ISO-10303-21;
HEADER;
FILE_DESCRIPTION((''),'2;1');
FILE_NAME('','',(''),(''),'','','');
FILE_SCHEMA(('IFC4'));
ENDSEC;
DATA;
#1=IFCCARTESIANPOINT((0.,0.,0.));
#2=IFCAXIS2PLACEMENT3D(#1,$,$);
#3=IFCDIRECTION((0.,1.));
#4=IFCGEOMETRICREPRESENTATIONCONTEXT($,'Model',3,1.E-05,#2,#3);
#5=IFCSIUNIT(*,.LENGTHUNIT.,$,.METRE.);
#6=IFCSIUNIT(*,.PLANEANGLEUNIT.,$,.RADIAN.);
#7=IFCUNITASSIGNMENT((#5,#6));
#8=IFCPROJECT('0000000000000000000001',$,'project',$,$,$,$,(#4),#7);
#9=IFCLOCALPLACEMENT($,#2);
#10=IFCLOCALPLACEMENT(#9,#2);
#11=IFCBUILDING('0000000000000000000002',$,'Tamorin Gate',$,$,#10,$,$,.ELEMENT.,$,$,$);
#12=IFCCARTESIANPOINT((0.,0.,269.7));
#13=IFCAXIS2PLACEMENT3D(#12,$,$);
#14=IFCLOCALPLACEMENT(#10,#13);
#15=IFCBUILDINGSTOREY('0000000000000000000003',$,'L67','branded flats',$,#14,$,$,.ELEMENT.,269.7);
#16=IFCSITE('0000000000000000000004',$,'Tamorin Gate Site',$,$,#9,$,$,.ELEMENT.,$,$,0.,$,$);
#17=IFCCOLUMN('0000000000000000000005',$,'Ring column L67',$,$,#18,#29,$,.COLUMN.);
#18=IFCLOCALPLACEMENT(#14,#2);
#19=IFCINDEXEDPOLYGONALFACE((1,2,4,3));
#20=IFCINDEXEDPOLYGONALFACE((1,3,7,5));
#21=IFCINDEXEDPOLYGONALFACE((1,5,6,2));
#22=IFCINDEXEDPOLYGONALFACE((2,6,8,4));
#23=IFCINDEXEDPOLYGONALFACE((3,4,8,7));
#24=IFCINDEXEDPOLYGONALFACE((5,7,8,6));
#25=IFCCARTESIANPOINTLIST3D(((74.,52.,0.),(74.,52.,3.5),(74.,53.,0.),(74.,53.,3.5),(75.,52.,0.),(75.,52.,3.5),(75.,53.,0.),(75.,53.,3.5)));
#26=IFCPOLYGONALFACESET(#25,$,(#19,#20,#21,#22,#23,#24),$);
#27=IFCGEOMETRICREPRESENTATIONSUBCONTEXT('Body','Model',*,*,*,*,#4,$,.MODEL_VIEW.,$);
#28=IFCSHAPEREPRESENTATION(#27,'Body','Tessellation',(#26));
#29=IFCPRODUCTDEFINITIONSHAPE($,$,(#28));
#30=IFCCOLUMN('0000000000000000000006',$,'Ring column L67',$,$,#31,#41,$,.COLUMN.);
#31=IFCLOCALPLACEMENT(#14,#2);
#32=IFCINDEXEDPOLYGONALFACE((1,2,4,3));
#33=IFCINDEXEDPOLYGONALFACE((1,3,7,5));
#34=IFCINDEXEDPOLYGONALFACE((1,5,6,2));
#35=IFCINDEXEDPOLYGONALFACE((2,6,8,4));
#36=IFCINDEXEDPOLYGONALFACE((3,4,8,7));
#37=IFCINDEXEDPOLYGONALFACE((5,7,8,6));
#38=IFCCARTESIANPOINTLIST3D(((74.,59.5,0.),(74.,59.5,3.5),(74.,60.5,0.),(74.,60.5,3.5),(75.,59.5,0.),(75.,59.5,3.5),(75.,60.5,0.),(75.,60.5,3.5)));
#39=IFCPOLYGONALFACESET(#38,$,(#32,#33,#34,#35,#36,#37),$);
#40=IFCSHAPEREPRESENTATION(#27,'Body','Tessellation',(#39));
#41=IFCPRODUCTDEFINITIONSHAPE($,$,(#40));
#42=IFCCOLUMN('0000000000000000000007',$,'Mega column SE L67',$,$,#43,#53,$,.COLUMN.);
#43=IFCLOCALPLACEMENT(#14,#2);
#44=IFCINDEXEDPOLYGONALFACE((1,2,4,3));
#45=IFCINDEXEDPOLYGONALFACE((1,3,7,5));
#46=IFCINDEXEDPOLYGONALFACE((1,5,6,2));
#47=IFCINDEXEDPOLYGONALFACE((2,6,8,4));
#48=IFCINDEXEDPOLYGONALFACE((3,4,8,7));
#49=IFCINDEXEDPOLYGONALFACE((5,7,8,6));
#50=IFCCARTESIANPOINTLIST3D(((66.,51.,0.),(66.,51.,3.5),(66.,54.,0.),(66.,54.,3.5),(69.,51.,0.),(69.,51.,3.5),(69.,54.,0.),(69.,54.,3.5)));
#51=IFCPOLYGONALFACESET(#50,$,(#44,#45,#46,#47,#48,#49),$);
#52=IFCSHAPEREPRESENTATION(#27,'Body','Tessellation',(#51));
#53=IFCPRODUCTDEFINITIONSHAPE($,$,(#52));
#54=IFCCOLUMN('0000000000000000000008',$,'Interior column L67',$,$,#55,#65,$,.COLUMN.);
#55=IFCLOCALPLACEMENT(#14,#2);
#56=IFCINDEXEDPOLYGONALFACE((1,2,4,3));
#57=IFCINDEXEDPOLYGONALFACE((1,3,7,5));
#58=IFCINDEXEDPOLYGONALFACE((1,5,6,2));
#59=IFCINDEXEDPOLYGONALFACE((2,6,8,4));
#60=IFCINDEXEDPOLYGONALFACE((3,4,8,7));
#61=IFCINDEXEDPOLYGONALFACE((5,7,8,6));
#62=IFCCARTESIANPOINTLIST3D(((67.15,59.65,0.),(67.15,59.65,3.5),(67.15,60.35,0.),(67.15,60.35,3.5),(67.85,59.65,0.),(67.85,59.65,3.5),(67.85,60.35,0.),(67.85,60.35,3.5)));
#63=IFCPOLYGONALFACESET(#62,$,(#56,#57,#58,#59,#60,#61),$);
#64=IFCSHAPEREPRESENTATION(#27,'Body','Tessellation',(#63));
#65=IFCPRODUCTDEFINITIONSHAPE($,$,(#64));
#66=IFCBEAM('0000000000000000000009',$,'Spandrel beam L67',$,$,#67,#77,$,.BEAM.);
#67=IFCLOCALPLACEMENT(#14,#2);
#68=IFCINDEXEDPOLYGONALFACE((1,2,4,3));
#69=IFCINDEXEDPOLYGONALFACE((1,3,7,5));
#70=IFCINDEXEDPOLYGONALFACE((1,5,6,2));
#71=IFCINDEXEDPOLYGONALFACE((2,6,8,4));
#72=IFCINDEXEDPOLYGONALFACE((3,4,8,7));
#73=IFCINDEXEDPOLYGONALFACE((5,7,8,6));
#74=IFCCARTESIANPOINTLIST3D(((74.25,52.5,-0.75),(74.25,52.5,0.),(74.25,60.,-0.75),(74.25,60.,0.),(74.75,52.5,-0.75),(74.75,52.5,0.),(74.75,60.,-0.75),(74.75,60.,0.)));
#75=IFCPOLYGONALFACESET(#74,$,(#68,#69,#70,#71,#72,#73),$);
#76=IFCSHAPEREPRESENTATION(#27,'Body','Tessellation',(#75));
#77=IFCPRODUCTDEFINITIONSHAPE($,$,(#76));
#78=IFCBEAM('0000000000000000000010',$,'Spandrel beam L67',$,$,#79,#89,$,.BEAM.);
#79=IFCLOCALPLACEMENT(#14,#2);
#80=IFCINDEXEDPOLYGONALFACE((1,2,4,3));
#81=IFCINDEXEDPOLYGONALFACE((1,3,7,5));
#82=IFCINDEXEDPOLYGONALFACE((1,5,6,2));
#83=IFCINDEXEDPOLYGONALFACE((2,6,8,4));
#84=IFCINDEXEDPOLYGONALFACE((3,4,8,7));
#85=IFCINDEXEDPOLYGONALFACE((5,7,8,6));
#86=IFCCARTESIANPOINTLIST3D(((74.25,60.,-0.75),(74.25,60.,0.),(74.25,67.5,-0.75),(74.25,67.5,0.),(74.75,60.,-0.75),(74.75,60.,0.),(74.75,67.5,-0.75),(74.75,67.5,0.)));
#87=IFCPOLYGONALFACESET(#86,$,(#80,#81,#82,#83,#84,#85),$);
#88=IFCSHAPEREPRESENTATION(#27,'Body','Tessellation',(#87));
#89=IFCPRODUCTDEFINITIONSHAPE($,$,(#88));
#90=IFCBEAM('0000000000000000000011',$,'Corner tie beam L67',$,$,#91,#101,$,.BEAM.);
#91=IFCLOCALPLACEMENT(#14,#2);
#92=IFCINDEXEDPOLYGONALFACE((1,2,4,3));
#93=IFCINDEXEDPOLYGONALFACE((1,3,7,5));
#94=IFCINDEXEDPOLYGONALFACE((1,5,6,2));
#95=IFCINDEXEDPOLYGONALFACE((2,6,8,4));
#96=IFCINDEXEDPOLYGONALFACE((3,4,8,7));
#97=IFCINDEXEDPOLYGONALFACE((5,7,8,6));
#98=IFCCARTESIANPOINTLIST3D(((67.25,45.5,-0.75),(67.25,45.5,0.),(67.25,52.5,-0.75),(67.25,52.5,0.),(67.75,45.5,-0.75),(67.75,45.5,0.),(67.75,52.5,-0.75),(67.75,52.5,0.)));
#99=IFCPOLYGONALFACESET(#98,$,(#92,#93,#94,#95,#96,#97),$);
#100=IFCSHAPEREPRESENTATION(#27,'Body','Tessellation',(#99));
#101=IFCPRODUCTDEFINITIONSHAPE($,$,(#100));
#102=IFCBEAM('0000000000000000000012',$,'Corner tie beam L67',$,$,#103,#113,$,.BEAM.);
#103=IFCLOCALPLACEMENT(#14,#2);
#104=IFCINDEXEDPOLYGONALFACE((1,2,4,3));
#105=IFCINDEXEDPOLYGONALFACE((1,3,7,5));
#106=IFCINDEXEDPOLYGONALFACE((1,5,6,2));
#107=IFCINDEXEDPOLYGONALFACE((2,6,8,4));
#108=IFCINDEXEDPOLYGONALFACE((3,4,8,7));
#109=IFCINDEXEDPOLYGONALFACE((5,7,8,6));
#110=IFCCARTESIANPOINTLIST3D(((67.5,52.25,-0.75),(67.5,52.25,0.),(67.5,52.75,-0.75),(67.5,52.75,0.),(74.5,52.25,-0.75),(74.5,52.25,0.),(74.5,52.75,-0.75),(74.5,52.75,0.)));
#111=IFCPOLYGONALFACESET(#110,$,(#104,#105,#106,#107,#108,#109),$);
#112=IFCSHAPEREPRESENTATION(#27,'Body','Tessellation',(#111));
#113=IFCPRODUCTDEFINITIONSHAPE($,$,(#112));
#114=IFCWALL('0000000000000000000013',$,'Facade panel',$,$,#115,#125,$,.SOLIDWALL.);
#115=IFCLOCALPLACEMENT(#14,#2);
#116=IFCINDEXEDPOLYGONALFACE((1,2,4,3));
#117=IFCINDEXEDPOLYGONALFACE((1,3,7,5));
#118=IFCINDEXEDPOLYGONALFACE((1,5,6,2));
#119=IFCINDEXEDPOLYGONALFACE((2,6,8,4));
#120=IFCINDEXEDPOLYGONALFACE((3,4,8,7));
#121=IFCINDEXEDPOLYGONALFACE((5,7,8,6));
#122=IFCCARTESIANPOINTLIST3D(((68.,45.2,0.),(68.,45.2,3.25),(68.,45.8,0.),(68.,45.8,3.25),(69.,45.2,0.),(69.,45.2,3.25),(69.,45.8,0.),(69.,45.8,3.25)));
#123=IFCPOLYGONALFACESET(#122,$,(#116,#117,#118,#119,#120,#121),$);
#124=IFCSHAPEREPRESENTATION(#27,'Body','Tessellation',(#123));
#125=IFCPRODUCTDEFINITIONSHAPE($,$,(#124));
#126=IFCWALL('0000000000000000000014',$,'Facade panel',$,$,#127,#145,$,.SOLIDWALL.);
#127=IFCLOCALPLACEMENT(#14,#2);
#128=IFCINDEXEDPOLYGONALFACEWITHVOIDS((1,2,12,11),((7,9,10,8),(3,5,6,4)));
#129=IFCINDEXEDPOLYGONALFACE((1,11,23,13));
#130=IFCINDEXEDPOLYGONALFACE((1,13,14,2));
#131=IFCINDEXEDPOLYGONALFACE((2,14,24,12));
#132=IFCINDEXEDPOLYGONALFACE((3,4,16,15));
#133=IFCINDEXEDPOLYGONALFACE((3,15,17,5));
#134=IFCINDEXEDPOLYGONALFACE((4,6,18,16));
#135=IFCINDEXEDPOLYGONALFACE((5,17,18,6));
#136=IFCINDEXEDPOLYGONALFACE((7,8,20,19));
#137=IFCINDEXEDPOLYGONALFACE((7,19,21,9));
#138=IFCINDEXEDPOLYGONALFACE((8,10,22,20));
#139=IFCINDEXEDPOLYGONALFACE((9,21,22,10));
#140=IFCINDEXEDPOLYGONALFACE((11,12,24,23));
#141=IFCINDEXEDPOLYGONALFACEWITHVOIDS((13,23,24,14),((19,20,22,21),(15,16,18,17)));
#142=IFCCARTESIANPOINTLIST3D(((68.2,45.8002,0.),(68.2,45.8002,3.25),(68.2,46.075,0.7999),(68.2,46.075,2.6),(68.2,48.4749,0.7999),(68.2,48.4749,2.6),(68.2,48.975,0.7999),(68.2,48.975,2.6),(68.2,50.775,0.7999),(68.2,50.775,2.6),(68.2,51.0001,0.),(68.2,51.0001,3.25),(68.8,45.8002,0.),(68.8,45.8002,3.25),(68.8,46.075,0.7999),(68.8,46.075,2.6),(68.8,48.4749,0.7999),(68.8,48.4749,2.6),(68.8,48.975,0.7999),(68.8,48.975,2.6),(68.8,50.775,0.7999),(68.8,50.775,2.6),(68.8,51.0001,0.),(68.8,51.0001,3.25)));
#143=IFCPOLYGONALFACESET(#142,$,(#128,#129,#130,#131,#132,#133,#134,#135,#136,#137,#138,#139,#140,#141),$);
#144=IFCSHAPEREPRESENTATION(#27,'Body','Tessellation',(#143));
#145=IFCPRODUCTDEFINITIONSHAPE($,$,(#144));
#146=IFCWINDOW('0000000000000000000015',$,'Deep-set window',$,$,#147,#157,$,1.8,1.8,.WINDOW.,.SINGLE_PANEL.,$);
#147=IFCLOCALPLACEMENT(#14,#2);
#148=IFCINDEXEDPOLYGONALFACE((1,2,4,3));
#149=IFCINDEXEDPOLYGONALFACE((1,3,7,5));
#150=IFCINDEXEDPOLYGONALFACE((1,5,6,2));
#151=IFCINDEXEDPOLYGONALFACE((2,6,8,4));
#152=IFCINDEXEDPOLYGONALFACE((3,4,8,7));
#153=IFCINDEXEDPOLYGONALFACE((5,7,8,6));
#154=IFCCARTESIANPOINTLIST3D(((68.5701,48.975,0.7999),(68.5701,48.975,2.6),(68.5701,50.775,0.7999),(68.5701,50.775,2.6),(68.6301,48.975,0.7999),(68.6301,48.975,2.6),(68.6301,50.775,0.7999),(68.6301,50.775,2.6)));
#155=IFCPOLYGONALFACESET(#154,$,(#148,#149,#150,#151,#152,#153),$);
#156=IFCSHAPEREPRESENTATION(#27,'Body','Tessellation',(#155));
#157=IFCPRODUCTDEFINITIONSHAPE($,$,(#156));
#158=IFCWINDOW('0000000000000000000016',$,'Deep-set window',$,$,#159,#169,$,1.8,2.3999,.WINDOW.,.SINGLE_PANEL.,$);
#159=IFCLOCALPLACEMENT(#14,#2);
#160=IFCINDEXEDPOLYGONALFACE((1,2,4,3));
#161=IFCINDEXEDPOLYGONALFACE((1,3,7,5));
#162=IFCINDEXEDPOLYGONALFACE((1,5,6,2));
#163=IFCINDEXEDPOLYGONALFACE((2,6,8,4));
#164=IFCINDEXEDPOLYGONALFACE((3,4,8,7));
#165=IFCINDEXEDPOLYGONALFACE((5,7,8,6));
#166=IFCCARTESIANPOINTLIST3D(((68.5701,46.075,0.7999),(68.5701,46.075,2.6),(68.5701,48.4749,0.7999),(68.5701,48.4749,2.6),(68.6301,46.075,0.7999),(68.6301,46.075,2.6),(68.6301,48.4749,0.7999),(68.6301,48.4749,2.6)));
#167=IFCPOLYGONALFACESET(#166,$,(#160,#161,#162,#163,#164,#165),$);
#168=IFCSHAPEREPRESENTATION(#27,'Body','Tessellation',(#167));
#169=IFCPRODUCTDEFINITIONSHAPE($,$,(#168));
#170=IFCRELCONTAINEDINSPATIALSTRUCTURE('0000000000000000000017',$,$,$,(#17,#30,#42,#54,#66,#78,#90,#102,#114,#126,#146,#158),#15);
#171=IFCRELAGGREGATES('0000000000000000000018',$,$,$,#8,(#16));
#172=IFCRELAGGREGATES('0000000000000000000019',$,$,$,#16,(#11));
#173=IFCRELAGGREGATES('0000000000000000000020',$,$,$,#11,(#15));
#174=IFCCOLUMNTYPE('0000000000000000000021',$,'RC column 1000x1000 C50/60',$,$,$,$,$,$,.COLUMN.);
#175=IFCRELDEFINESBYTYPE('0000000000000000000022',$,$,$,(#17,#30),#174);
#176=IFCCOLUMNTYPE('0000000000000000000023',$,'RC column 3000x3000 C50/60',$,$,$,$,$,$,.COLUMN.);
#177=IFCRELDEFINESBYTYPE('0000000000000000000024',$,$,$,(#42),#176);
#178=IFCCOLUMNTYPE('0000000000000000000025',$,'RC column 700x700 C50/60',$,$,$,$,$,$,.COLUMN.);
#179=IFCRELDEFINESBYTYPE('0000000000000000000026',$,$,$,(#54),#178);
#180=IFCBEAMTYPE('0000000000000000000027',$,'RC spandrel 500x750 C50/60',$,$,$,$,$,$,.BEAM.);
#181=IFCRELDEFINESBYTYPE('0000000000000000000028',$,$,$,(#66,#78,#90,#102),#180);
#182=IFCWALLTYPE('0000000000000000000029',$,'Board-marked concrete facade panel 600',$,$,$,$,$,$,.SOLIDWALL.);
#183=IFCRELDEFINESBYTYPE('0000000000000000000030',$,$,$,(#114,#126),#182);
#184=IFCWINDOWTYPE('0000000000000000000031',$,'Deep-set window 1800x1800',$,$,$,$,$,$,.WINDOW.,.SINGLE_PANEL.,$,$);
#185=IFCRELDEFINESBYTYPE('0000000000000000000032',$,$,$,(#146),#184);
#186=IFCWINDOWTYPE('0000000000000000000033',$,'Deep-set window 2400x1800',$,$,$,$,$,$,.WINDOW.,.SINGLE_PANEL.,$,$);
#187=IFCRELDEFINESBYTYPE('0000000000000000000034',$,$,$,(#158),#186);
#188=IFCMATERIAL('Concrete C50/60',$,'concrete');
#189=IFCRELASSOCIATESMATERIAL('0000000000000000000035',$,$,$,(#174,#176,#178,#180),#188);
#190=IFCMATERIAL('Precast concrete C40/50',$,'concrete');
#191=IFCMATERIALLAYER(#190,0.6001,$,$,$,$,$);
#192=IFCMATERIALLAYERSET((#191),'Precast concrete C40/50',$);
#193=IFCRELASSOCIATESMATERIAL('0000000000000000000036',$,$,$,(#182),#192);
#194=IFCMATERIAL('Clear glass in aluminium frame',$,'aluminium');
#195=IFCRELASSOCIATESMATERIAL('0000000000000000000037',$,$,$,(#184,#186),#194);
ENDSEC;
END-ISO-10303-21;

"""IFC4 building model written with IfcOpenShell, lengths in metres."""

from ifc_helpers import new_model, si_unit, direction, frame, frame_2d, origin, origin_2d, place, context, subcontext, project, spatial, rectangle, extrude, material, layer, layer_set, material_profile, profile_set, type_object, element, fill, save


model = new_model("IFC4")

# Units and contexts
model_context = context("Model", 3, precision=1e-05, world=origin(), true_north=direction((0.0, 1.0)))
body_context = subcontext(model_context, "Body", "Model", "MODEL_VIEW")
ifc_project = project(units=[si_unit("LENGTHUNIT", "METRE"), si_unit("PLANEANGLEUNIT", "RADIAN")], contexts=[model_context])

# Site, building, storey
site_placement = place(None, origin())
site = spatial("IfcSite", under=ifc_project, at=site_placement, Name="Tamorin Gate Site", CompositionType="ELEMENT", RefElevation=0.0)
building_placement = place(site_placement, origin())
building = spatial("IfcBuilding", under=site, at=building_placement, Name="Tamorin Gate", CompositionType="ELEMENT")
storey_placement = place(building_placement, frame((0.0, 0.0, 269.7)))
storey = spatial("IfcBuildingStorey", under=building, at=storey_placement, Name="L67", Description="branded flats", CompositionType="ELEMENT", Elevation=269.7)

# Columns
ifc_material_1 = material(Name="Concrete C50/60", Category="concrete")
ifc_material_profile_1 = material_profile(ifc_material_1, rectangle(XDim=1.0, YDim=1.0, at=origin_2d()), Name="RC 1000x1000")
ifc_profile_set_1 = profile_set([ifc_material_profile_1], Name="Concrete C50/60")
column_type_1 = type_object("IfcColumnType", Name="RC column 1000x1000 C50/60", PredefinedType="COLUMN", material=ifc_profile_set_1)
for number, where, z_axis, x_axis, name in (
    (1, (74.5, 52.5, 0.0), (0.0, 0.0, 1.0), (1.0, 0.0, 0.0), "Ring column L67"),
    (2, (74.5, 60.0, 0.0), (0.0, 0.0, 1.0), (1.0, 0.0, 0.0), "Ring column L67"),
):
    element("IfcColumn", number, at=place(storey_placement, frame(where, z_axis=z_axis, x_axis=x_axis)), inside=storey, type_object=column_type_1, Name=name, PredefinedType="COLUMN", context=body_context, shape_type="SweptSolid", body=[
        extrude(rectangle(XDim=1.0, YDim=1.0, at=origin_2d()), origin(), (0.0, 0.0, 1.0), 3.5),
    ])
ifc_material_profile_2 = material_profile(ifc_material_1, rectangle(XDim=3.0, YDim=3.0, at=origin_2d()), Name="RC 3000x3000")
ifc_profile_set_2 = profile_set([ifc_material_profile_2], Name="Concrete C50/60")
column_type_2 = type_object("IfcColumnType", Name="RC column 3000x3000 C50/60", PredefinedType="COLUMN", material=ifc_profile_set_2)
column_1_placement = place(storey_placement, frame((67.5, 52.5, 0.0), z_axis=(0.0, 0.0, 1.0), x_axis=(1.0, 0.0, 0.0)))
element("IfcColumn", 3, at=column_1_placement, inside=storey, type_object=column_type_2, Name="Mega column SE L67", PredefinedType="COLUMN", context=body_context, shape_type="SweptSolid", body=[
    extrude(rectangle(XDim=3.0, YDim=3.0, at=origin_2d()), origin(), (0.0, 0.0, 1.0), 3.5),
])
ifc_material_profile_3 = material_profile(ifc_material_1, rectangle(XDim=0.7, YDim=0.7, at=origin_2d()), Name="RC 700x700")
ifc_profile_set_3 = profile_set([ifc_material_profile_3], Name="Concrete C50/60")
column_type_3 = type_object("IfcColumnType", Name="RC column 700x700 C50/60", PredefinedType="COLUMN", material=ifc_profile_set_3)
column_2_placement = place(storey_placement, frame((67.5, 60.0, 0.0), z_axis=(0.0, 0.0, 1.0), x_axis=(1.0, 0.0, 0.0)))
element("IfcColumn", 4, at=column_2_placement, inside=storey, type_object=column_type_3, Name="Interior column L67", PredefinedType="COLUMN", context=body_context, shape_type="SweptSolid", body=[
    extrude(rectangle(XDim=0.7, YDim=0.7, at=origin_2d()), origin(), (0.0, 0.0, 1.0), 3.5),
])

# Beams
ifc_material_profile_4 = material_profile(ifc_material_1, rectangle(XDim=0.5, YDim=0.75, at=origin_2d()), Name="RC 500x750")
ifc_profile_set_4 = profile_set([ifc_material_profile_4], Name="Concrete C50/60")
beam_type = type_object("IfcBeamType", Name="RC spandrel 500x750 C50/60", PredefinedType="BEAM", material=ifc_profile_set_4)
for number, where, z_axis, x_axis, name in (
    (5, (74.5, 52.5, -0.375), (0.0, 1.0, 0.0), (-1.0, 0.0, 0.0), "Spandrel beam L67"),
    (6, (74.5, 60.0, -0.375), (0.0, 1.0, 0.0), (-1.0, 0.0, 0.0), "Spandrel beam L67"),
):
    element("IfcBeam", number, at=place(storey_placement, frame(where, z_axis=z_axis, x_axis=x_axis)), inside=storey, type_object=beam_type, Name=name, PredefinedType="BEAM", context=body_context, shape_type="SweptSolid", body=[
        extrude(rectangle(XDim=0.5, YDim=0.75, at=origin_2d()), origin(), (0.0, 0.0, 1.0), 7.5),
    ])
for number, where, z_axis, x_axis, name in (
    (7, (67.5, 52.5, -0.375), (0.0, -1.0, 0.0), (1.0, 0.0, 0.0), "Corner tie beam L67"),
    (8, (67.5, 52.5, -0.375), (1.0, 0.0, 0.0), (0.0, 1.0, 0.0), "Corner tie beam L67"),
):
    element("IfcBeam", number, at=place(storey_placement, frame(where, z_axis=z_axis, x_axis=x_axis)), inside=storey, type_object=beam_type, Name=name, PredefinedType="BEAM", context=body_context, shape_type="SweptSolid", body=[
        extrude(rectangle(XDim=0.5, YDim=0.75, at=origin_2d()), origin(), (0.0, 0.0, 1.0), 7.0),
    ])

# Wall
ifc_material_2 = material(Name="Precast concrete C40/50", Category="concrete")
ifc_layer = layer(ifc_material_2, 0.6001)
ifc_layer_set = layer_set([ifc_layer], Name="Precast concrete C40/50")
wall_type = type_object("IfcWallType", Name="Board-marked concrete facade panel 600", PredefinedType="SOLIDWALL", material=ifc_layer_set)
wall_1_placement = place(storey_placement, frame((68.0, 45.5, 0.0), z_axis=(0.0, 0.0, 1.0), x_axis=(1.0, 0.0, 0.0)))
element("IfcWall", 9, at=wall_1_placement, inside=storey, type_object=wall_type, Name="Facade panel", PredefinedType="SOLIDWALL", context=body_context, shape_type="SweptSolid", body=[
    extrude(rectangle(XDim=1.0, YDim=0.6001, at=frame_2d((0.5, 0.0))), origin(), (0.0, 0.0, 1.0), 3.25),
])

# Wall, openings, windows
wall_2_placement = place(storey_placement, frame((68.5, 45.8, 0.0), z_axis=(0.0, 0.0, 1.0), x_axis=(0.0, 1.0, 0.0)))
wall_2 = element("IfcWall", 10, at=wall_2_placement, inside=storey, type_object=wall_type, Name="Facade panel", PredefinedType="SOLIDWALL", context=body_context, shape_type="SweptSolid", body=[
    extrude(rectangle(XDim=5.2, YDim=0.6001, at=frame_2d((2.6001, 0.0))), origin(), (0.0, 0.0, 1.0), 3.25),
])
opening_1_placement = place(wall_2_placement, frame((0.2749, 0.0, 0.8)))
opening_1 = element("IfcOpeningElement", 11, at=opening_1_placement, cuts=wall_2, PredefinedType="OPENING", context=body_context, shape_type="SweptSolid", body=[
    extrude(rectangle(XDim=2.3999, YDim=1.8, at=frame_2d((1.2, 0.8999))), frame((0.0, 0.3101, 0.0), z_axis=(0.0, -1.0, 0.0), x_axis=(1.0, 0.0, 0.0)), (0.0, 0.0, 1.0), 0.6201),
])
opening_2_placement = place(wall_2_placement, frame((3.175, 0.0, 0.8)))
opening_2 = element("IfcOpeningElement", 12, at=opening_2_placement, cuts=wall_2, PredefinedType="OPENING", context=body_context, shape_type="SweptSolid", body=[
    extrude(rectangle(XDim=1.8, YDim=1.8, at=frame_2d((0.8999, 0.8999))), frame((0.0, 0.3101, 0.0), z_axis=(0.0, -1.0, 0.0), x_axis=(1.0, 0.0, 0.0)), (0.0, 0.0, 1.0), 0.6201),
])
ifc_material_3 = material(Name="Clear glass in aluminium frame", Category="aluminium")
window_type_1 = type_object("IfcWindowType", Name="Deep-set window 1800x1800", PartitioningType="SINGLE_PANEL", PredefinedType="WINDOW", material=ifc_material_3)
window_1_placement = place(opening_2_placement, origin())
window_1 = element("IfcWindow", 13, at=window_1_placement, inside=storey, type_object=window_type_1, Name="Deep-set window", OverallHeight=1.8, OverallWidth=1.8, PartitioningType="SINGLE_PANEL", PredefinedType="WINDOW", context=body_context, shape_type="SweptSolid", body=[
    extrude(rectangle(XDim=1.8, YDim=1.8, at=frame_2d((0.8999, 0.8999))), frame((0.0, -0.0701, 0.0), z_axis=(0.0, -1.0, 0.0), x_axis=(1.0, 0.0, 0.0)), (0.0, 0.0, 1.0), 0.0601),
])
fill(opening_2, window_1)
window_type_2 = type_object("IfcWindowType", Name="Deep-set window 2400x1800", PartitioningType="SINGLE_PANEL", PredefinedType="WINDOW", material=ifc_material_3)
window_2_placement = place(opening_1_placement, origin())
window_2 = element("IfcWindow", 14, at=window_2_placement, inside=storey, type_object=window_type_2, Name="Deep-set window", OverallHeight=1.8, OverallWidth=2.3999, PartitioningType="SINGLE_PANEL", PredefinedType="WINDOW", context=body_context, shape_type="SweptSolid", body=[
    extrude(rectangle(XDim=2.3999, YDim=1.8, at=frame_2d((1.2, 0.8999))), frame((0.0, -0.0701, 0.0), z_axis=(0.0, -1.0, 0.0), x_axis=(1.0, 0.0, 0.0)), (0.0, 0.0, 1.0), 0.0601),
])
fill(opening_1, window_2)

save(model, "model.ifc")
